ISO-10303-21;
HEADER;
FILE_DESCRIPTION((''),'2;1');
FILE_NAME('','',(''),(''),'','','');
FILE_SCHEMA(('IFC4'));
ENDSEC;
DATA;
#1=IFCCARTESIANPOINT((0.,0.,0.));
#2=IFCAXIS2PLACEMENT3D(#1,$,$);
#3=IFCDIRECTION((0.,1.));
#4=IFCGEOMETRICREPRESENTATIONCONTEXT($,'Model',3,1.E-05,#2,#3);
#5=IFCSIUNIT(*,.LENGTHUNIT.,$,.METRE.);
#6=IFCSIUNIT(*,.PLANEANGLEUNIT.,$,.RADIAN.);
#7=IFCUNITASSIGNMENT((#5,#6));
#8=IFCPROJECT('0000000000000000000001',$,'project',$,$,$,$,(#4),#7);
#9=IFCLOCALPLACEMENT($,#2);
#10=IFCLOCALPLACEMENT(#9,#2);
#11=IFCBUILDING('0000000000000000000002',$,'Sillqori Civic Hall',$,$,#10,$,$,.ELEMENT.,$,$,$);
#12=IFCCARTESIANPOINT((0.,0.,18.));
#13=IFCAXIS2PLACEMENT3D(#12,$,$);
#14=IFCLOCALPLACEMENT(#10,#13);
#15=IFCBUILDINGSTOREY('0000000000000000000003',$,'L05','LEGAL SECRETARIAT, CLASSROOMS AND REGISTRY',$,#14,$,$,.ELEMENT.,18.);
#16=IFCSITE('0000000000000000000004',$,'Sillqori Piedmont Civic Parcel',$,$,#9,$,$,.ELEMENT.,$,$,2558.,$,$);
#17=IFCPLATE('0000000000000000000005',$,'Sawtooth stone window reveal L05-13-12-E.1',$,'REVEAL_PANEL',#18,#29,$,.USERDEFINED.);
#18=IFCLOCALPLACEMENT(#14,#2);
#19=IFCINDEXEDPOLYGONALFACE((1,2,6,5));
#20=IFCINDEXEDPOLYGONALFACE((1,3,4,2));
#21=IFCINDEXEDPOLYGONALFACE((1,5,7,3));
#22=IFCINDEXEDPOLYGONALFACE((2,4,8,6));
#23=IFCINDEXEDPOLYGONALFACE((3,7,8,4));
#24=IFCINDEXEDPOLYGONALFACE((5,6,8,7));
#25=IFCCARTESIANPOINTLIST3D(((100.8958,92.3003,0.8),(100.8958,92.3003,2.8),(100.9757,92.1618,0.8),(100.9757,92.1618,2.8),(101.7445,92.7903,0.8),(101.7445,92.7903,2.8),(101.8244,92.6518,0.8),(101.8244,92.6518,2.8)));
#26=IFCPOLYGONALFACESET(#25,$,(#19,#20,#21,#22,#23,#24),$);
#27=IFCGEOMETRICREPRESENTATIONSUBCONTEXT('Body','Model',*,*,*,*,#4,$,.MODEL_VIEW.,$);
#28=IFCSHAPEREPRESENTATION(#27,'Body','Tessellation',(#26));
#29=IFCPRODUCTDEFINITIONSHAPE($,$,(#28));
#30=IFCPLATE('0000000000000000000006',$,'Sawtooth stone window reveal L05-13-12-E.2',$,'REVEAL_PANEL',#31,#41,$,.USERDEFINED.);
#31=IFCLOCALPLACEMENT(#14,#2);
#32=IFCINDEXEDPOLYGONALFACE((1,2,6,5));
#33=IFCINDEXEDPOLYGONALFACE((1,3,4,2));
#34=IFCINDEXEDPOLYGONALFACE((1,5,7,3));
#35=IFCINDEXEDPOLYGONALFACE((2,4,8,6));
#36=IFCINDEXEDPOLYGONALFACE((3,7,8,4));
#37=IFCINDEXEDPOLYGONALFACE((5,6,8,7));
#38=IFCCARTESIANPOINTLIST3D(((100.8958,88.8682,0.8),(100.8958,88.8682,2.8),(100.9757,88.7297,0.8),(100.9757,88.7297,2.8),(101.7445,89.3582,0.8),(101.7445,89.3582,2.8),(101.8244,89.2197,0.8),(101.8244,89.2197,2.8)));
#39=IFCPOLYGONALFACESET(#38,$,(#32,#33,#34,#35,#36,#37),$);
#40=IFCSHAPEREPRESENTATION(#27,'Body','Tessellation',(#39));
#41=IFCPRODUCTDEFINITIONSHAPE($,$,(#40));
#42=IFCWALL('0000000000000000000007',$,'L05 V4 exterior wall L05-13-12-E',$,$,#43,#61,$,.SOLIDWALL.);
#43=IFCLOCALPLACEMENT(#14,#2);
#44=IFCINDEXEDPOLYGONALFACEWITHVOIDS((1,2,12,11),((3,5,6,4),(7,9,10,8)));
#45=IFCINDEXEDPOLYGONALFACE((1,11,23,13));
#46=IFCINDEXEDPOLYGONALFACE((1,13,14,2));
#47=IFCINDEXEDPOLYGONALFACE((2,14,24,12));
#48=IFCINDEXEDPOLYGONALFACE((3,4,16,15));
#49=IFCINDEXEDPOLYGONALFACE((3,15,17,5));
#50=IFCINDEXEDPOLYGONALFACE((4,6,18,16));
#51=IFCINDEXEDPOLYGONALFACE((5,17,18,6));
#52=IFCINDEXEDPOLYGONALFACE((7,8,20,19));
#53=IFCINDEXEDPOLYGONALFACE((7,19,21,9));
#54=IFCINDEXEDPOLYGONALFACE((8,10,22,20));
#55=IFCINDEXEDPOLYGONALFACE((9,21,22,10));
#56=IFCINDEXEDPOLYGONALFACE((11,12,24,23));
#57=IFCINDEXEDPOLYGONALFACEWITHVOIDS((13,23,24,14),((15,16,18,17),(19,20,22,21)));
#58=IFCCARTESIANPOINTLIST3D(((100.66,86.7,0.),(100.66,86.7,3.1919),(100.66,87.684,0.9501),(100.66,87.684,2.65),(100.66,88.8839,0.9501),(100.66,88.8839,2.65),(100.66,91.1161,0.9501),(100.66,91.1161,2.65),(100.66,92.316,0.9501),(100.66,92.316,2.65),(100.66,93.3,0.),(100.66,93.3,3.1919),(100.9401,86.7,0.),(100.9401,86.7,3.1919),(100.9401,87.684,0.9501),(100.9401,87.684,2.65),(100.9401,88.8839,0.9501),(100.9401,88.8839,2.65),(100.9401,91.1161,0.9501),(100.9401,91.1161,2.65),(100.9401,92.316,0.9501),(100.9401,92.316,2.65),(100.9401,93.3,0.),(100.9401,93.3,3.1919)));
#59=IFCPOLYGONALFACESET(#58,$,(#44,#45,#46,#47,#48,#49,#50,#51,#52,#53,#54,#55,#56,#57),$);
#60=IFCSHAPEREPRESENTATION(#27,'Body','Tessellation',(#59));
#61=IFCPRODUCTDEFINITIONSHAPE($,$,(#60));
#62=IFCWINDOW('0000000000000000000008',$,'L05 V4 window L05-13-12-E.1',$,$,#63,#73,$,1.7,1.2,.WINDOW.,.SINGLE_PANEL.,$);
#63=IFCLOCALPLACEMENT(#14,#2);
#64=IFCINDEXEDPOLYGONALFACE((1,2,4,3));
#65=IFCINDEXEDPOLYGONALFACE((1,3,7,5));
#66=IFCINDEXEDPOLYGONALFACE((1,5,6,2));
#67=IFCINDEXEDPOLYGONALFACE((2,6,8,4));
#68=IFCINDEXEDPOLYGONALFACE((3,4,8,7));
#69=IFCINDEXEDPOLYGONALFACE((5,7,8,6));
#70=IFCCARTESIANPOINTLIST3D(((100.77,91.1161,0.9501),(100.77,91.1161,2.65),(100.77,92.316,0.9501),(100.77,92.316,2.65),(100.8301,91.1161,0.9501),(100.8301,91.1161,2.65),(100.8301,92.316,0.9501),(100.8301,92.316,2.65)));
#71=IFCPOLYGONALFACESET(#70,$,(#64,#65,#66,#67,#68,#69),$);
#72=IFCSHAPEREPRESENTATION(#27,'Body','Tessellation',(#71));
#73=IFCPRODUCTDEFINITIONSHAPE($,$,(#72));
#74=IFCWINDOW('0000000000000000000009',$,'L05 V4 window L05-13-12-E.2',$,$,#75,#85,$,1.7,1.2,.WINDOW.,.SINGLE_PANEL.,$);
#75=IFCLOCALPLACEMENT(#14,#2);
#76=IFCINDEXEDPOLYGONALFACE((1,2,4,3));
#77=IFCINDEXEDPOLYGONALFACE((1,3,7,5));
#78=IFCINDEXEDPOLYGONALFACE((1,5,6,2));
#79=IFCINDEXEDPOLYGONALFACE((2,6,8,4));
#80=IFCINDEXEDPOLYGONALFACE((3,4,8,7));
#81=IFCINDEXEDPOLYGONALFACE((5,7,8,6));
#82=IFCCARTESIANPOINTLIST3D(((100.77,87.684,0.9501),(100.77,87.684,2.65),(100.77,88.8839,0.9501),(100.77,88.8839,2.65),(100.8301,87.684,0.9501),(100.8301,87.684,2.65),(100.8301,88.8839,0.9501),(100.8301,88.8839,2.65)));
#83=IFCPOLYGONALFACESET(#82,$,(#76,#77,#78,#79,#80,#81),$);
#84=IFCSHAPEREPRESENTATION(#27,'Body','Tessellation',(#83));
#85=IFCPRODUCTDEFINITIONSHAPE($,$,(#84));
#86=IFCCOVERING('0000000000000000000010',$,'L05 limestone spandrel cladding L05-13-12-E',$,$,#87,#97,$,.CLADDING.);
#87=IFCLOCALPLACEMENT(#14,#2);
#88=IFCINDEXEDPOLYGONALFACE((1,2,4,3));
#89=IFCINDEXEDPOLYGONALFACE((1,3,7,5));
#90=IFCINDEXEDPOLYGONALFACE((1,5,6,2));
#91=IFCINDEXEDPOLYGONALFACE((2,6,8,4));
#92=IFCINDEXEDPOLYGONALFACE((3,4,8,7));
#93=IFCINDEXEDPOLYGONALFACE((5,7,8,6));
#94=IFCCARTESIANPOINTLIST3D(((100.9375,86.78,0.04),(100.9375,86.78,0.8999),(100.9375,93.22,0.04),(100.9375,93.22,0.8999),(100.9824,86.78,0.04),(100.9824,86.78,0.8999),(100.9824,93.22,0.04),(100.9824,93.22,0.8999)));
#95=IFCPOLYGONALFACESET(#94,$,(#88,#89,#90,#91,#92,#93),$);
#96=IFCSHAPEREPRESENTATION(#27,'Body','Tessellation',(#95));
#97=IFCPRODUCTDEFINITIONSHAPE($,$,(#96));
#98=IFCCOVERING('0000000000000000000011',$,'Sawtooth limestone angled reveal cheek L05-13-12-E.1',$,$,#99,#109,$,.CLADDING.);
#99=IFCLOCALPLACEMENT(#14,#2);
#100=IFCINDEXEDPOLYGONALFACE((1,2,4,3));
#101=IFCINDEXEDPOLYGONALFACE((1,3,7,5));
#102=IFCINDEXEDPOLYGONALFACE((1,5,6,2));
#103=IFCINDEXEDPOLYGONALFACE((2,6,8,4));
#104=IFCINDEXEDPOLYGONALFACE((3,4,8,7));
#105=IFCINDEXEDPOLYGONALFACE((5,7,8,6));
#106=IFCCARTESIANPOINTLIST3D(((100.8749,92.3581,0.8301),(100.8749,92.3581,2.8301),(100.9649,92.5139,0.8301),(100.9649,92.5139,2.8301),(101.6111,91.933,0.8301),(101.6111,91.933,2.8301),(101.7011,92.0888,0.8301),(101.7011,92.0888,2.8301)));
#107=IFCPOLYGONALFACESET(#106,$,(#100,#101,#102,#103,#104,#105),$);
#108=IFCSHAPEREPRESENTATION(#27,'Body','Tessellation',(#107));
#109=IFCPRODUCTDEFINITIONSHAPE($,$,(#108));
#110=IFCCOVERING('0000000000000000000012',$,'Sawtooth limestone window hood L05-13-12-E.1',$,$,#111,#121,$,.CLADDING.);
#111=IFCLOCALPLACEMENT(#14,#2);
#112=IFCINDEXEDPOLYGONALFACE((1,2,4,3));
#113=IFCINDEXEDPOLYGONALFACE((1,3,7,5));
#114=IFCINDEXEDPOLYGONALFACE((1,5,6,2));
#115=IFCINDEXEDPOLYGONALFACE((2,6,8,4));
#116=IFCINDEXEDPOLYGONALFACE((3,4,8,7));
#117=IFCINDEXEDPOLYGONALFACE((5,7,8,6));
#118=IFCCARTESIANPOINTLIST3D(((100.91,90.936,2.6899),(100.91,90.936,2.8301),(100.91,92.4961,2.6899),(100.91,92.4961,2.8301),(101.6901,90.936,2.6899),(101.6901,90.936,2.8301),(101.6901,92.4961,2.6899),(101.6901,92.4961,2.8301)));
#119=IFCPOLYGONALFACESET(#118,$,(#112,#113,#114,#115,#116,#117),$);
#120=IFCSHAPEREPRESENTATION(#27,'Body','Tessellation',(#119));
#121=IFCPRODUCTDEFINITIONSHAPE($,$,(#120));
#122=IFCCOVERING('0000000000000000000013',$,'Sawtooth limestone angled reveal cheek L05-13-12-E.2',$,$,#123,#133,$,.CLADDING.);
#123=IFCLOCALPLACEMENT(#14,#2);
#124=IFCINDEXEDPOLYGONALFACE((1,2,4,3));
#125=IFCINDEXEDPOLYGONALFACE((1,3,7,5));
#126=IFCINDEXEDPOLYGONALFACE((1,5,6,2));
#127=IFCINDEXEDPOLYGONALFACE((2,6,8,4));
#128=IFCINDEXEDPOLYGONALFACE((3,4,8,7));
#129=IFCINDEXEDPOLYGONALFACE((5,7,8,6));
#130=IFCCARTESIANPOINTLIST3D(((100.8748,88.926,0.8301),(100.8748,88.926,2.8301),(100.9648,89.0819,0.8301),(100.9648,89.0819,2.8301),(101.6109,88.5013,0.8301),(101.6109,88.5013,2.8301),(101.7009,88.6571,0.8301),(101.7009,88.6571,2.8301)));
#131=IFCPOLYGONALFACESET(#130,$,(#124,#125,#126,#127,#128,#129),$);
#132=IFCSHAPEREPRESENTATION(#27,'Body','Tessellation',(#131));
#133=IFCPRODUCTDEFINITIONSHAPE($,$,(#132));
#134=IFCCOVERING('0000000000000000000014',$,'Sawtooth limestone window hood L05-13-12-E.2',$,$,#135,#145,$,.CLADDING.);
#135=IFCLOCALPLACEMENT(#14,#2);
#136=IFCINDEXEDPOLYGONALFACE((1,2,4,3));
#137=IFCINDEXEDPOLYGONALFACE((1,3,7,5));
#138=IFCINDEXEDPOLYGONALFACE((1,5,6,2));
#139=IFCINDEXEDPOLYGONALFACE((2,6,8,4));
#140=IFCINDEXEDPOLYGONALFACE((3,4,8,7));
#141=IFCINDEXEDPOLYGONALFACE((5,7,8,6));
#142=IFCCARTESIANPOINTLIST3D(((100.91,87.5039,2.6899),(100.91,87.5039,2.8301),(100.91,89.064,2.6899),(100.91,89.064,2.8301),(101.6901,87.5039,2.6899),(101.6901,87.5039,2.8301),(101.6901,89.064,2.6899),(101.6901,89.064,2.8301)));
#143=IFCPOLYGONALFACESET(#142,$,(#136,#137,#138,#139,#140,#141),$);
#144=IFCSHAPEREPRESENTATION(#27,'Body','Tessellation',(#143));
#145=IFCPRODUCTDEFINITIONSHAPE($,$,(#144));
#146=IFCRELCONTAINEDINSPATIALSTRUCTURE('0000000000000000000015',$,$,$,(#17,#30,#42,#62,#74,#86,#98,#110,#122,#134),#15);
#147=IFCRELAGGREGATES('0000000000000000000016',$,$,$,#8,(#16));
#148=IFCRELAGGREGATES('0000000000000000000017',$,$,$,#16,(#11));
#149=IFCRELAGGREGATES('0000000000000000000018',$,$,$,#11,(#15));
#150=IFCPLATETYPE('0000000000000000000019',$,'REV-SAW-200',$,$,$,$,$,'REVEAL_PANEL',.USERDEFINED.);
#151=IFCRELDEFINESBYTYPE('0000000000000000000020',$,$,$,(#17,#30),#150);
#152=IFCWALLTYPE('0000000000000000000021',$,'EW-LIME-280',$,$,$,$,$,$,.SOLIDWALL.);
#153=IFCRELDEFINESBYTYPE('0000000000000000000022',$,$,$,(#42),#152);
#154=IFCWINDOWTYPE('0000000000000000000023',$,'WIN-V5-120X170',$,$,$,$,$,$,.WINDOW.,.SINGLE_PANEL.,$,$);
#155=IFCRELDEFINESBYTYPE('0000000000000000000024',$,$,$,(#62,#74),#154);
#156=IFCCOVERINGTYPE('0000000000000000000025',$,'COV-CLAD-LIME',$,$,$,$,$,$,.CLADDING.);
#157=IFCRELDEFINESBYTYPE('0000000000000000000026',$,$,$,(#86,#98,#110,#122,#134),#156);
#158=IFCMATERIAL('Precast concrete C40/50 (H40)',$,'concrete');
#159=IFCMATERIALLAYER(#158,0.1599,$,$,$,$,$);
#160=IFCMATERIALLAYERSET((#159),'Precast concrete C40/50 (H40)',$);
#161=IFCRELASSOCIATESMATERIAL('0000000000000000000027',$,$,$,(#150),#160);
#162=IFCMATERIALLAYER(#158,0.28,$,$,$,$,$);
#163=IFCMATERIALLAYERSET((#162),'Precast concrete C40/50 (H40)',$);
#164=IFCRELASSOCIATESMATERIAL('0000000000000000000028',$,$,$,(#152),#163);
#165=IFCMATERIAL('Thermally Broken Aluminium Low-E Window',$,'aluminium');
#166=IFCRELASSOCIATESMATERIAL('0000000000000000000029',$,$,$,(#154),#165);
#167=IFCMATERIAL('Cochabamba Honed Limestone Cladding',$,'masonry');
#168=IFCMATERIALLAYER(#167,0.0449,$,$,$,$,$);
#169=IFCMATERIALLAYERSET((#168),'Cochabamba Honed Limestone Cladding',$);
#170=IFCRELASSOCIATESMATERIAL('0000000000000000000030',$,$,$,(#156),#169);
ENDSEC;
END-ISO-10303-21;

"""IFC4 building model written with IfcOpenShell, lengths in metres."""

from ifc_helpers import new_model, si_unit, direction, frame, frame_2d, origin, origin_2d, place, context, subcontext, project, spatial, rectangle, extrude, material, layer, layer_set, type_object, element, fill, save


model = new_model("IFC4")

# Units and contexts
model_context = context("Model", 3, precision=1e-05, world=origin(), true_north=direction((0.0, 1.0)))
body_context = subcontext(model_context, "Body", "Model", "MODEL_VIEW")
ifc_project = project(units=[si_unit("LENGTHUNIT", "METRE"), si_unit("PLANEANGLEUNIT", "RADIAN")], contexts=[model_context])

# Site, building, storey
site_placement = place(None, origin())
site = spatial("IfcSite", under=ifc_project, at=site_placement, Name="Sillqori Piedmont Civic Parcel", CompositionType="ELEMENT", RefElevation=2558.0)
building_placement = place(site_placement, origin())
building = spatial("IfcBuilding", under=site, at=building_placement, Name="Sillqori Civic Hall", CompositionType="ELEMENT")
storey_placement = place(building_placement, frame((0.0, 0.0, 18.0)))
storey = spatial("IfcBuildingStorey", under=building, at=storey_placement, Name="L05", Description="LEGAL SECRETARIAT, CLASSROOMS AND REGISTRY", CompositionType="ELEMENT", Elevation=18.0)

# Plates
ifc_material_1 = material(Name="Precast concrete C40/50 (H40)", Category="concrete")
ifc_layer_1 = layer(ifc_material_1, 0.1599)
ifc_layer_set_1 = layer_set([ifc_layer_1], Name="Precast concrete C40/50 (H40)")
plate_type = type_object("IfcPlateType", Name="REV-SAW-200", ElementType="REVEAL_PANEL", PredefinedType="USERDEFINED", material=ifc_layer_set_1)
for number, where, z_axis, x_axis, name in (
    (1, (101.3601, 92.4761, 0.8), (0.0, 0.0, 1.0), (0.5, -0.866025, 0.0), "Sawtooth stone window reveal L05-13-12-E.1"),
    (2, (101.3601, 89.0439, 0.8), (0.0, 0.0, 1.0), (0.5, -0.866025, 0.0), "Sawtooth stone window reveal L05-13-12-E.2"),
):
    element("IfcPlate", number, at=place(storey_placement, frame(where, z_axis=z_axis, x_axis=x_axis)), inside=storey, type_object=plate_type, Name=name, ObjectType="REVEAL_PANEL", PredefinedType="USERDEFINED", context=body_context, shape_type="SweptSolid", body=[
        extrude(rectangle(XDim=0.1599, YDim=0.98, at=origin_2d()), origin(), (0.0, 0.0, 1.0), 2.0),
    ])

# Wall, openings, windows
ifc_layer_2 = layer(ifc_material_1, 0.28)
ifc_layer_set_2 = layer_set([ifc_layer_2], Name="Precast concrete C40/50 (H40)")
wall_type = type_object("IfcWallType", Name="EW-LIME-280", PredefinedType="SOLIDWALL", material=ifc_layer_set_2)
wall_placement = place(storey_placement, frame((100.8, 93.3, 0.0), z_axis=(0.0, 0.0, 1.0), x_axis=(0.0, -1.0, 0.0)))
wall = element("IfcWall", 3, at=wall_placement, inside=storey, type_object=wall_type, Name="L05 V4 exterior wall L05-13-12-E", PredefinedType="SOLIDWALL", context=body_context, shape_type="SweptSolid", body=[
    extrude(rectangle(XDim=6.6001, YDim=0.28, at=frame_2d((3.3, 0.0))), origin(), (0.0, 0.0, 1.0), 3.1919),
])
opening_1_placement = place(wall_placement, frame((0.9839, 0.0, 0.95)))
opening_1 = element("IfcOpeningElement", 4, at=opening_1_placement, cuts=wall, PredefinedType="OPENING", context=body_context, shape_type="SweptSolid", body=[
    extrude(rectangle(XDim=1.2, YDim=1.7, at=frame_2d((0.6001, 0.8501))), frame((0.0, 0.1499, 0.0), z_axis=(0.0, -1.0, 0.0), x_axis=(1.0, 0.0, 0.0)), (0.0, 0.0, 1.0), 0.3),
])
opening_2_placement = place(wall_placement, frame((4.416, 0.0, 0.95)))
opening_2 = element("IfcOpeningElement", 5, at=opening_2_placement, cuts=wall, PredefinedType="OPENING", context=body_context, shape_type="SweptSolid", body=[
    extrude(rectangle(XDim=1.2, YDim=1.7, at=frame_2d((0.6001, 0.8501))), frame((0.0, 0.1499, 0.0), z_axis=(0.0, -1.0, 0.0), x_axis=(1.0, 0.0, 0.0)), (0.0, 0.0, 1.0), 0.3),
])
ifc_material_2 = material(Name="Thermally Broken Aluminium Low-E Window", Category="aluminium")
window_type = type_object("IfcWindowType", Name="WIN-V5-120X170", PartitioningType="SINGLE_PANEL", PredefinedType="WINDOW", material=ifc_material_2)
window_1_placement = place(opening_1_placement, origin())
window_1 = element("IfcWindow", 6, at=window_1_placement, inside=storey, type_object=window_type, Name="L05 V4 window L05-13-12-E.1", OverallHeight=1.7, OverallWidth=1.2, PartitioningType="SINGLE_PANEL", PredefinedType="WINDOW", context=body_context, shape_type="SweptSolid", body=[
    extrude(rectangle(XDim=1.2, YDim=1.7, at=frame_2d((0.6001, 0.8501))), frame((0.0, 0.03, 0.0), z_axis=(0.0, -1.0, 0.0), x_axis=(1.0, 0.0, 0.0)), (0.0, 0.0, 1.0), 0.0601),
])
fill(opening_1, window_1)
window_2_placement = place(opening_2_placement, origin())
window_2 = element("IfcWindow", 7, at=window_2_placement, inside=storey, type_object=window_type, Name="L05 V4 window L05-13-12-E.2", OverallHeight=1.7, OverallWidth=1.2, PartitioningType="SINGLE_PANEL", PredefinedType="WINDOW", context=body_context, shape_type="SweptSolid", body=[
    extrude(rectangle(XDim=1.2, YDim=1.7, at=frame_2d((0.6001, 0.8501))), frame((0.0, 0.03, 0.0), z_axis=(0.0, -1.0, 0.0), x_axis=(1.0, 0.0, 0.0)), (0.0, 0.0, 1.0), 0.0601),
])
fill(opening_2, window_2)

# Coverings
ifc_material_3 = material(Name="Cochabamba Honed Limestone Cladding", Category="masonry")
ifc_layer_3 = layer(ifc_material_3, 0.0449)
ifc_layer_set_3 = layer_set([ifc_layer_3], Name="Cochabamba Honed Limestone Cladding")
covering_type = type_object("IfcCoveringType", Name="COV-CLAD-LIME", PredefinedType="CLADDING", material=ifc_layer_set_3)
covering_1_placement = place(storey_placement, frame((100.96, 93.22, 0.04), z_axis=(0.0, 0.0, 1.0), x_axis=(0.0, -1.0, 0.0)))
element("IfcCovering", 8, at=covering_1_placement, inside=storey, type_object=covering_type, Name="L05 limestone spandrel cladding L05-13-12-E", PredefinedType="CLADDING", context=body_context, shape_type="SweptSolid", body=[
    extrude(rectangle(XDim=6.4399, YDim=0.0449, at=frame_2d((3.22, 0.0))), origin(), (0.0, 0.0, 1.0), 0.8599),
])
covering_2_placement = place(storey_placement, frame((100.9199, 92.436, 0.8301), z_axis=(0.0, 0.0, 1.0), x_axis=(0.865989, -0.500062, 0.0)))
element("IfcCovering", 9, at=covering_2_placement, inside=storey, type_object=covering_type, Name="Sawtooth limestone angled reveal cheek L05-13-12-E.1", PredefinedType="CLADDING", context=body_context, shape_type="SweptSolid", body=[
    extrude(rectangle(XDim=0.8501, YDim=0.1799, at=frame_2d((0.425, 0.0))), origin(), (0.0, 0.0, 1.0), 2.0),
])
covering_3_placement = place(storey_placement, frame((101.3, 92.4961, 2.6899), z_axis=(0.0, 0.0, 1.0), x_axis=(0.0, -1.0, 0.0)))
element("IfcCovering", 10, at=covering_3_placement, inside=storey, type_object=covering_type, Name="Sawtooth limestone window hood L05-13-12-E.1", PredefinedType="CLADDING", context=body_context, shape_type="SweptSolid", body=[
    extrude(rectangle(XDim=1.5601, YDim=0.78, at=frame_2d((0.78, 0.0))), origin(), (0.0, 0.0, 1.0), 0.1401),
])
covering_4_placement = place(storey_placement, frame((100.9199, 89.0039, 0.8301), z_axis=(0.0, 0.0, 1.0), x_axis=(0.866114, -0.499847, 0.0)))
element("IfcCovering", 11, at=covering_4_placement, inside=storey, type_object=covering_type, Name="Sawtooth limestone angled reveal cheek L05-13-12-E.2", PredefinedType="CLADDING", context=body_context, shape_type="SweptSolid", body=[
    extrude(rectangle(XDim=0.8499, YDim=0.1799, at=frame_2d((0.4248, 0.0))), origin(), (0.0, 0.0, 1.0), 2.0),
])
covering_5_placement = place(storey_placement, frame((101.3, 89.064, 2.6899), z_axis=(0.0, 0.0, 1.0), x_axis=(0.0, -1.0, 0.0)))
element("IfcCovering", 12, at=covering_5_placement, inside=storey, type_object=covering_type, Name="Sawtooth limestone window hood L05-13-12-E.2", PredefinedType="CLADDING", context=body_context, shape_type="SweptSolid", body=[
    extrude(rectangle(XDim=1.5601, YDim=0.78, at=frame_2d((0.78, 0.0))), origin(), (0.0, 0.0, 1.0), 0.1401),
])

save(model, "model.ifc")
